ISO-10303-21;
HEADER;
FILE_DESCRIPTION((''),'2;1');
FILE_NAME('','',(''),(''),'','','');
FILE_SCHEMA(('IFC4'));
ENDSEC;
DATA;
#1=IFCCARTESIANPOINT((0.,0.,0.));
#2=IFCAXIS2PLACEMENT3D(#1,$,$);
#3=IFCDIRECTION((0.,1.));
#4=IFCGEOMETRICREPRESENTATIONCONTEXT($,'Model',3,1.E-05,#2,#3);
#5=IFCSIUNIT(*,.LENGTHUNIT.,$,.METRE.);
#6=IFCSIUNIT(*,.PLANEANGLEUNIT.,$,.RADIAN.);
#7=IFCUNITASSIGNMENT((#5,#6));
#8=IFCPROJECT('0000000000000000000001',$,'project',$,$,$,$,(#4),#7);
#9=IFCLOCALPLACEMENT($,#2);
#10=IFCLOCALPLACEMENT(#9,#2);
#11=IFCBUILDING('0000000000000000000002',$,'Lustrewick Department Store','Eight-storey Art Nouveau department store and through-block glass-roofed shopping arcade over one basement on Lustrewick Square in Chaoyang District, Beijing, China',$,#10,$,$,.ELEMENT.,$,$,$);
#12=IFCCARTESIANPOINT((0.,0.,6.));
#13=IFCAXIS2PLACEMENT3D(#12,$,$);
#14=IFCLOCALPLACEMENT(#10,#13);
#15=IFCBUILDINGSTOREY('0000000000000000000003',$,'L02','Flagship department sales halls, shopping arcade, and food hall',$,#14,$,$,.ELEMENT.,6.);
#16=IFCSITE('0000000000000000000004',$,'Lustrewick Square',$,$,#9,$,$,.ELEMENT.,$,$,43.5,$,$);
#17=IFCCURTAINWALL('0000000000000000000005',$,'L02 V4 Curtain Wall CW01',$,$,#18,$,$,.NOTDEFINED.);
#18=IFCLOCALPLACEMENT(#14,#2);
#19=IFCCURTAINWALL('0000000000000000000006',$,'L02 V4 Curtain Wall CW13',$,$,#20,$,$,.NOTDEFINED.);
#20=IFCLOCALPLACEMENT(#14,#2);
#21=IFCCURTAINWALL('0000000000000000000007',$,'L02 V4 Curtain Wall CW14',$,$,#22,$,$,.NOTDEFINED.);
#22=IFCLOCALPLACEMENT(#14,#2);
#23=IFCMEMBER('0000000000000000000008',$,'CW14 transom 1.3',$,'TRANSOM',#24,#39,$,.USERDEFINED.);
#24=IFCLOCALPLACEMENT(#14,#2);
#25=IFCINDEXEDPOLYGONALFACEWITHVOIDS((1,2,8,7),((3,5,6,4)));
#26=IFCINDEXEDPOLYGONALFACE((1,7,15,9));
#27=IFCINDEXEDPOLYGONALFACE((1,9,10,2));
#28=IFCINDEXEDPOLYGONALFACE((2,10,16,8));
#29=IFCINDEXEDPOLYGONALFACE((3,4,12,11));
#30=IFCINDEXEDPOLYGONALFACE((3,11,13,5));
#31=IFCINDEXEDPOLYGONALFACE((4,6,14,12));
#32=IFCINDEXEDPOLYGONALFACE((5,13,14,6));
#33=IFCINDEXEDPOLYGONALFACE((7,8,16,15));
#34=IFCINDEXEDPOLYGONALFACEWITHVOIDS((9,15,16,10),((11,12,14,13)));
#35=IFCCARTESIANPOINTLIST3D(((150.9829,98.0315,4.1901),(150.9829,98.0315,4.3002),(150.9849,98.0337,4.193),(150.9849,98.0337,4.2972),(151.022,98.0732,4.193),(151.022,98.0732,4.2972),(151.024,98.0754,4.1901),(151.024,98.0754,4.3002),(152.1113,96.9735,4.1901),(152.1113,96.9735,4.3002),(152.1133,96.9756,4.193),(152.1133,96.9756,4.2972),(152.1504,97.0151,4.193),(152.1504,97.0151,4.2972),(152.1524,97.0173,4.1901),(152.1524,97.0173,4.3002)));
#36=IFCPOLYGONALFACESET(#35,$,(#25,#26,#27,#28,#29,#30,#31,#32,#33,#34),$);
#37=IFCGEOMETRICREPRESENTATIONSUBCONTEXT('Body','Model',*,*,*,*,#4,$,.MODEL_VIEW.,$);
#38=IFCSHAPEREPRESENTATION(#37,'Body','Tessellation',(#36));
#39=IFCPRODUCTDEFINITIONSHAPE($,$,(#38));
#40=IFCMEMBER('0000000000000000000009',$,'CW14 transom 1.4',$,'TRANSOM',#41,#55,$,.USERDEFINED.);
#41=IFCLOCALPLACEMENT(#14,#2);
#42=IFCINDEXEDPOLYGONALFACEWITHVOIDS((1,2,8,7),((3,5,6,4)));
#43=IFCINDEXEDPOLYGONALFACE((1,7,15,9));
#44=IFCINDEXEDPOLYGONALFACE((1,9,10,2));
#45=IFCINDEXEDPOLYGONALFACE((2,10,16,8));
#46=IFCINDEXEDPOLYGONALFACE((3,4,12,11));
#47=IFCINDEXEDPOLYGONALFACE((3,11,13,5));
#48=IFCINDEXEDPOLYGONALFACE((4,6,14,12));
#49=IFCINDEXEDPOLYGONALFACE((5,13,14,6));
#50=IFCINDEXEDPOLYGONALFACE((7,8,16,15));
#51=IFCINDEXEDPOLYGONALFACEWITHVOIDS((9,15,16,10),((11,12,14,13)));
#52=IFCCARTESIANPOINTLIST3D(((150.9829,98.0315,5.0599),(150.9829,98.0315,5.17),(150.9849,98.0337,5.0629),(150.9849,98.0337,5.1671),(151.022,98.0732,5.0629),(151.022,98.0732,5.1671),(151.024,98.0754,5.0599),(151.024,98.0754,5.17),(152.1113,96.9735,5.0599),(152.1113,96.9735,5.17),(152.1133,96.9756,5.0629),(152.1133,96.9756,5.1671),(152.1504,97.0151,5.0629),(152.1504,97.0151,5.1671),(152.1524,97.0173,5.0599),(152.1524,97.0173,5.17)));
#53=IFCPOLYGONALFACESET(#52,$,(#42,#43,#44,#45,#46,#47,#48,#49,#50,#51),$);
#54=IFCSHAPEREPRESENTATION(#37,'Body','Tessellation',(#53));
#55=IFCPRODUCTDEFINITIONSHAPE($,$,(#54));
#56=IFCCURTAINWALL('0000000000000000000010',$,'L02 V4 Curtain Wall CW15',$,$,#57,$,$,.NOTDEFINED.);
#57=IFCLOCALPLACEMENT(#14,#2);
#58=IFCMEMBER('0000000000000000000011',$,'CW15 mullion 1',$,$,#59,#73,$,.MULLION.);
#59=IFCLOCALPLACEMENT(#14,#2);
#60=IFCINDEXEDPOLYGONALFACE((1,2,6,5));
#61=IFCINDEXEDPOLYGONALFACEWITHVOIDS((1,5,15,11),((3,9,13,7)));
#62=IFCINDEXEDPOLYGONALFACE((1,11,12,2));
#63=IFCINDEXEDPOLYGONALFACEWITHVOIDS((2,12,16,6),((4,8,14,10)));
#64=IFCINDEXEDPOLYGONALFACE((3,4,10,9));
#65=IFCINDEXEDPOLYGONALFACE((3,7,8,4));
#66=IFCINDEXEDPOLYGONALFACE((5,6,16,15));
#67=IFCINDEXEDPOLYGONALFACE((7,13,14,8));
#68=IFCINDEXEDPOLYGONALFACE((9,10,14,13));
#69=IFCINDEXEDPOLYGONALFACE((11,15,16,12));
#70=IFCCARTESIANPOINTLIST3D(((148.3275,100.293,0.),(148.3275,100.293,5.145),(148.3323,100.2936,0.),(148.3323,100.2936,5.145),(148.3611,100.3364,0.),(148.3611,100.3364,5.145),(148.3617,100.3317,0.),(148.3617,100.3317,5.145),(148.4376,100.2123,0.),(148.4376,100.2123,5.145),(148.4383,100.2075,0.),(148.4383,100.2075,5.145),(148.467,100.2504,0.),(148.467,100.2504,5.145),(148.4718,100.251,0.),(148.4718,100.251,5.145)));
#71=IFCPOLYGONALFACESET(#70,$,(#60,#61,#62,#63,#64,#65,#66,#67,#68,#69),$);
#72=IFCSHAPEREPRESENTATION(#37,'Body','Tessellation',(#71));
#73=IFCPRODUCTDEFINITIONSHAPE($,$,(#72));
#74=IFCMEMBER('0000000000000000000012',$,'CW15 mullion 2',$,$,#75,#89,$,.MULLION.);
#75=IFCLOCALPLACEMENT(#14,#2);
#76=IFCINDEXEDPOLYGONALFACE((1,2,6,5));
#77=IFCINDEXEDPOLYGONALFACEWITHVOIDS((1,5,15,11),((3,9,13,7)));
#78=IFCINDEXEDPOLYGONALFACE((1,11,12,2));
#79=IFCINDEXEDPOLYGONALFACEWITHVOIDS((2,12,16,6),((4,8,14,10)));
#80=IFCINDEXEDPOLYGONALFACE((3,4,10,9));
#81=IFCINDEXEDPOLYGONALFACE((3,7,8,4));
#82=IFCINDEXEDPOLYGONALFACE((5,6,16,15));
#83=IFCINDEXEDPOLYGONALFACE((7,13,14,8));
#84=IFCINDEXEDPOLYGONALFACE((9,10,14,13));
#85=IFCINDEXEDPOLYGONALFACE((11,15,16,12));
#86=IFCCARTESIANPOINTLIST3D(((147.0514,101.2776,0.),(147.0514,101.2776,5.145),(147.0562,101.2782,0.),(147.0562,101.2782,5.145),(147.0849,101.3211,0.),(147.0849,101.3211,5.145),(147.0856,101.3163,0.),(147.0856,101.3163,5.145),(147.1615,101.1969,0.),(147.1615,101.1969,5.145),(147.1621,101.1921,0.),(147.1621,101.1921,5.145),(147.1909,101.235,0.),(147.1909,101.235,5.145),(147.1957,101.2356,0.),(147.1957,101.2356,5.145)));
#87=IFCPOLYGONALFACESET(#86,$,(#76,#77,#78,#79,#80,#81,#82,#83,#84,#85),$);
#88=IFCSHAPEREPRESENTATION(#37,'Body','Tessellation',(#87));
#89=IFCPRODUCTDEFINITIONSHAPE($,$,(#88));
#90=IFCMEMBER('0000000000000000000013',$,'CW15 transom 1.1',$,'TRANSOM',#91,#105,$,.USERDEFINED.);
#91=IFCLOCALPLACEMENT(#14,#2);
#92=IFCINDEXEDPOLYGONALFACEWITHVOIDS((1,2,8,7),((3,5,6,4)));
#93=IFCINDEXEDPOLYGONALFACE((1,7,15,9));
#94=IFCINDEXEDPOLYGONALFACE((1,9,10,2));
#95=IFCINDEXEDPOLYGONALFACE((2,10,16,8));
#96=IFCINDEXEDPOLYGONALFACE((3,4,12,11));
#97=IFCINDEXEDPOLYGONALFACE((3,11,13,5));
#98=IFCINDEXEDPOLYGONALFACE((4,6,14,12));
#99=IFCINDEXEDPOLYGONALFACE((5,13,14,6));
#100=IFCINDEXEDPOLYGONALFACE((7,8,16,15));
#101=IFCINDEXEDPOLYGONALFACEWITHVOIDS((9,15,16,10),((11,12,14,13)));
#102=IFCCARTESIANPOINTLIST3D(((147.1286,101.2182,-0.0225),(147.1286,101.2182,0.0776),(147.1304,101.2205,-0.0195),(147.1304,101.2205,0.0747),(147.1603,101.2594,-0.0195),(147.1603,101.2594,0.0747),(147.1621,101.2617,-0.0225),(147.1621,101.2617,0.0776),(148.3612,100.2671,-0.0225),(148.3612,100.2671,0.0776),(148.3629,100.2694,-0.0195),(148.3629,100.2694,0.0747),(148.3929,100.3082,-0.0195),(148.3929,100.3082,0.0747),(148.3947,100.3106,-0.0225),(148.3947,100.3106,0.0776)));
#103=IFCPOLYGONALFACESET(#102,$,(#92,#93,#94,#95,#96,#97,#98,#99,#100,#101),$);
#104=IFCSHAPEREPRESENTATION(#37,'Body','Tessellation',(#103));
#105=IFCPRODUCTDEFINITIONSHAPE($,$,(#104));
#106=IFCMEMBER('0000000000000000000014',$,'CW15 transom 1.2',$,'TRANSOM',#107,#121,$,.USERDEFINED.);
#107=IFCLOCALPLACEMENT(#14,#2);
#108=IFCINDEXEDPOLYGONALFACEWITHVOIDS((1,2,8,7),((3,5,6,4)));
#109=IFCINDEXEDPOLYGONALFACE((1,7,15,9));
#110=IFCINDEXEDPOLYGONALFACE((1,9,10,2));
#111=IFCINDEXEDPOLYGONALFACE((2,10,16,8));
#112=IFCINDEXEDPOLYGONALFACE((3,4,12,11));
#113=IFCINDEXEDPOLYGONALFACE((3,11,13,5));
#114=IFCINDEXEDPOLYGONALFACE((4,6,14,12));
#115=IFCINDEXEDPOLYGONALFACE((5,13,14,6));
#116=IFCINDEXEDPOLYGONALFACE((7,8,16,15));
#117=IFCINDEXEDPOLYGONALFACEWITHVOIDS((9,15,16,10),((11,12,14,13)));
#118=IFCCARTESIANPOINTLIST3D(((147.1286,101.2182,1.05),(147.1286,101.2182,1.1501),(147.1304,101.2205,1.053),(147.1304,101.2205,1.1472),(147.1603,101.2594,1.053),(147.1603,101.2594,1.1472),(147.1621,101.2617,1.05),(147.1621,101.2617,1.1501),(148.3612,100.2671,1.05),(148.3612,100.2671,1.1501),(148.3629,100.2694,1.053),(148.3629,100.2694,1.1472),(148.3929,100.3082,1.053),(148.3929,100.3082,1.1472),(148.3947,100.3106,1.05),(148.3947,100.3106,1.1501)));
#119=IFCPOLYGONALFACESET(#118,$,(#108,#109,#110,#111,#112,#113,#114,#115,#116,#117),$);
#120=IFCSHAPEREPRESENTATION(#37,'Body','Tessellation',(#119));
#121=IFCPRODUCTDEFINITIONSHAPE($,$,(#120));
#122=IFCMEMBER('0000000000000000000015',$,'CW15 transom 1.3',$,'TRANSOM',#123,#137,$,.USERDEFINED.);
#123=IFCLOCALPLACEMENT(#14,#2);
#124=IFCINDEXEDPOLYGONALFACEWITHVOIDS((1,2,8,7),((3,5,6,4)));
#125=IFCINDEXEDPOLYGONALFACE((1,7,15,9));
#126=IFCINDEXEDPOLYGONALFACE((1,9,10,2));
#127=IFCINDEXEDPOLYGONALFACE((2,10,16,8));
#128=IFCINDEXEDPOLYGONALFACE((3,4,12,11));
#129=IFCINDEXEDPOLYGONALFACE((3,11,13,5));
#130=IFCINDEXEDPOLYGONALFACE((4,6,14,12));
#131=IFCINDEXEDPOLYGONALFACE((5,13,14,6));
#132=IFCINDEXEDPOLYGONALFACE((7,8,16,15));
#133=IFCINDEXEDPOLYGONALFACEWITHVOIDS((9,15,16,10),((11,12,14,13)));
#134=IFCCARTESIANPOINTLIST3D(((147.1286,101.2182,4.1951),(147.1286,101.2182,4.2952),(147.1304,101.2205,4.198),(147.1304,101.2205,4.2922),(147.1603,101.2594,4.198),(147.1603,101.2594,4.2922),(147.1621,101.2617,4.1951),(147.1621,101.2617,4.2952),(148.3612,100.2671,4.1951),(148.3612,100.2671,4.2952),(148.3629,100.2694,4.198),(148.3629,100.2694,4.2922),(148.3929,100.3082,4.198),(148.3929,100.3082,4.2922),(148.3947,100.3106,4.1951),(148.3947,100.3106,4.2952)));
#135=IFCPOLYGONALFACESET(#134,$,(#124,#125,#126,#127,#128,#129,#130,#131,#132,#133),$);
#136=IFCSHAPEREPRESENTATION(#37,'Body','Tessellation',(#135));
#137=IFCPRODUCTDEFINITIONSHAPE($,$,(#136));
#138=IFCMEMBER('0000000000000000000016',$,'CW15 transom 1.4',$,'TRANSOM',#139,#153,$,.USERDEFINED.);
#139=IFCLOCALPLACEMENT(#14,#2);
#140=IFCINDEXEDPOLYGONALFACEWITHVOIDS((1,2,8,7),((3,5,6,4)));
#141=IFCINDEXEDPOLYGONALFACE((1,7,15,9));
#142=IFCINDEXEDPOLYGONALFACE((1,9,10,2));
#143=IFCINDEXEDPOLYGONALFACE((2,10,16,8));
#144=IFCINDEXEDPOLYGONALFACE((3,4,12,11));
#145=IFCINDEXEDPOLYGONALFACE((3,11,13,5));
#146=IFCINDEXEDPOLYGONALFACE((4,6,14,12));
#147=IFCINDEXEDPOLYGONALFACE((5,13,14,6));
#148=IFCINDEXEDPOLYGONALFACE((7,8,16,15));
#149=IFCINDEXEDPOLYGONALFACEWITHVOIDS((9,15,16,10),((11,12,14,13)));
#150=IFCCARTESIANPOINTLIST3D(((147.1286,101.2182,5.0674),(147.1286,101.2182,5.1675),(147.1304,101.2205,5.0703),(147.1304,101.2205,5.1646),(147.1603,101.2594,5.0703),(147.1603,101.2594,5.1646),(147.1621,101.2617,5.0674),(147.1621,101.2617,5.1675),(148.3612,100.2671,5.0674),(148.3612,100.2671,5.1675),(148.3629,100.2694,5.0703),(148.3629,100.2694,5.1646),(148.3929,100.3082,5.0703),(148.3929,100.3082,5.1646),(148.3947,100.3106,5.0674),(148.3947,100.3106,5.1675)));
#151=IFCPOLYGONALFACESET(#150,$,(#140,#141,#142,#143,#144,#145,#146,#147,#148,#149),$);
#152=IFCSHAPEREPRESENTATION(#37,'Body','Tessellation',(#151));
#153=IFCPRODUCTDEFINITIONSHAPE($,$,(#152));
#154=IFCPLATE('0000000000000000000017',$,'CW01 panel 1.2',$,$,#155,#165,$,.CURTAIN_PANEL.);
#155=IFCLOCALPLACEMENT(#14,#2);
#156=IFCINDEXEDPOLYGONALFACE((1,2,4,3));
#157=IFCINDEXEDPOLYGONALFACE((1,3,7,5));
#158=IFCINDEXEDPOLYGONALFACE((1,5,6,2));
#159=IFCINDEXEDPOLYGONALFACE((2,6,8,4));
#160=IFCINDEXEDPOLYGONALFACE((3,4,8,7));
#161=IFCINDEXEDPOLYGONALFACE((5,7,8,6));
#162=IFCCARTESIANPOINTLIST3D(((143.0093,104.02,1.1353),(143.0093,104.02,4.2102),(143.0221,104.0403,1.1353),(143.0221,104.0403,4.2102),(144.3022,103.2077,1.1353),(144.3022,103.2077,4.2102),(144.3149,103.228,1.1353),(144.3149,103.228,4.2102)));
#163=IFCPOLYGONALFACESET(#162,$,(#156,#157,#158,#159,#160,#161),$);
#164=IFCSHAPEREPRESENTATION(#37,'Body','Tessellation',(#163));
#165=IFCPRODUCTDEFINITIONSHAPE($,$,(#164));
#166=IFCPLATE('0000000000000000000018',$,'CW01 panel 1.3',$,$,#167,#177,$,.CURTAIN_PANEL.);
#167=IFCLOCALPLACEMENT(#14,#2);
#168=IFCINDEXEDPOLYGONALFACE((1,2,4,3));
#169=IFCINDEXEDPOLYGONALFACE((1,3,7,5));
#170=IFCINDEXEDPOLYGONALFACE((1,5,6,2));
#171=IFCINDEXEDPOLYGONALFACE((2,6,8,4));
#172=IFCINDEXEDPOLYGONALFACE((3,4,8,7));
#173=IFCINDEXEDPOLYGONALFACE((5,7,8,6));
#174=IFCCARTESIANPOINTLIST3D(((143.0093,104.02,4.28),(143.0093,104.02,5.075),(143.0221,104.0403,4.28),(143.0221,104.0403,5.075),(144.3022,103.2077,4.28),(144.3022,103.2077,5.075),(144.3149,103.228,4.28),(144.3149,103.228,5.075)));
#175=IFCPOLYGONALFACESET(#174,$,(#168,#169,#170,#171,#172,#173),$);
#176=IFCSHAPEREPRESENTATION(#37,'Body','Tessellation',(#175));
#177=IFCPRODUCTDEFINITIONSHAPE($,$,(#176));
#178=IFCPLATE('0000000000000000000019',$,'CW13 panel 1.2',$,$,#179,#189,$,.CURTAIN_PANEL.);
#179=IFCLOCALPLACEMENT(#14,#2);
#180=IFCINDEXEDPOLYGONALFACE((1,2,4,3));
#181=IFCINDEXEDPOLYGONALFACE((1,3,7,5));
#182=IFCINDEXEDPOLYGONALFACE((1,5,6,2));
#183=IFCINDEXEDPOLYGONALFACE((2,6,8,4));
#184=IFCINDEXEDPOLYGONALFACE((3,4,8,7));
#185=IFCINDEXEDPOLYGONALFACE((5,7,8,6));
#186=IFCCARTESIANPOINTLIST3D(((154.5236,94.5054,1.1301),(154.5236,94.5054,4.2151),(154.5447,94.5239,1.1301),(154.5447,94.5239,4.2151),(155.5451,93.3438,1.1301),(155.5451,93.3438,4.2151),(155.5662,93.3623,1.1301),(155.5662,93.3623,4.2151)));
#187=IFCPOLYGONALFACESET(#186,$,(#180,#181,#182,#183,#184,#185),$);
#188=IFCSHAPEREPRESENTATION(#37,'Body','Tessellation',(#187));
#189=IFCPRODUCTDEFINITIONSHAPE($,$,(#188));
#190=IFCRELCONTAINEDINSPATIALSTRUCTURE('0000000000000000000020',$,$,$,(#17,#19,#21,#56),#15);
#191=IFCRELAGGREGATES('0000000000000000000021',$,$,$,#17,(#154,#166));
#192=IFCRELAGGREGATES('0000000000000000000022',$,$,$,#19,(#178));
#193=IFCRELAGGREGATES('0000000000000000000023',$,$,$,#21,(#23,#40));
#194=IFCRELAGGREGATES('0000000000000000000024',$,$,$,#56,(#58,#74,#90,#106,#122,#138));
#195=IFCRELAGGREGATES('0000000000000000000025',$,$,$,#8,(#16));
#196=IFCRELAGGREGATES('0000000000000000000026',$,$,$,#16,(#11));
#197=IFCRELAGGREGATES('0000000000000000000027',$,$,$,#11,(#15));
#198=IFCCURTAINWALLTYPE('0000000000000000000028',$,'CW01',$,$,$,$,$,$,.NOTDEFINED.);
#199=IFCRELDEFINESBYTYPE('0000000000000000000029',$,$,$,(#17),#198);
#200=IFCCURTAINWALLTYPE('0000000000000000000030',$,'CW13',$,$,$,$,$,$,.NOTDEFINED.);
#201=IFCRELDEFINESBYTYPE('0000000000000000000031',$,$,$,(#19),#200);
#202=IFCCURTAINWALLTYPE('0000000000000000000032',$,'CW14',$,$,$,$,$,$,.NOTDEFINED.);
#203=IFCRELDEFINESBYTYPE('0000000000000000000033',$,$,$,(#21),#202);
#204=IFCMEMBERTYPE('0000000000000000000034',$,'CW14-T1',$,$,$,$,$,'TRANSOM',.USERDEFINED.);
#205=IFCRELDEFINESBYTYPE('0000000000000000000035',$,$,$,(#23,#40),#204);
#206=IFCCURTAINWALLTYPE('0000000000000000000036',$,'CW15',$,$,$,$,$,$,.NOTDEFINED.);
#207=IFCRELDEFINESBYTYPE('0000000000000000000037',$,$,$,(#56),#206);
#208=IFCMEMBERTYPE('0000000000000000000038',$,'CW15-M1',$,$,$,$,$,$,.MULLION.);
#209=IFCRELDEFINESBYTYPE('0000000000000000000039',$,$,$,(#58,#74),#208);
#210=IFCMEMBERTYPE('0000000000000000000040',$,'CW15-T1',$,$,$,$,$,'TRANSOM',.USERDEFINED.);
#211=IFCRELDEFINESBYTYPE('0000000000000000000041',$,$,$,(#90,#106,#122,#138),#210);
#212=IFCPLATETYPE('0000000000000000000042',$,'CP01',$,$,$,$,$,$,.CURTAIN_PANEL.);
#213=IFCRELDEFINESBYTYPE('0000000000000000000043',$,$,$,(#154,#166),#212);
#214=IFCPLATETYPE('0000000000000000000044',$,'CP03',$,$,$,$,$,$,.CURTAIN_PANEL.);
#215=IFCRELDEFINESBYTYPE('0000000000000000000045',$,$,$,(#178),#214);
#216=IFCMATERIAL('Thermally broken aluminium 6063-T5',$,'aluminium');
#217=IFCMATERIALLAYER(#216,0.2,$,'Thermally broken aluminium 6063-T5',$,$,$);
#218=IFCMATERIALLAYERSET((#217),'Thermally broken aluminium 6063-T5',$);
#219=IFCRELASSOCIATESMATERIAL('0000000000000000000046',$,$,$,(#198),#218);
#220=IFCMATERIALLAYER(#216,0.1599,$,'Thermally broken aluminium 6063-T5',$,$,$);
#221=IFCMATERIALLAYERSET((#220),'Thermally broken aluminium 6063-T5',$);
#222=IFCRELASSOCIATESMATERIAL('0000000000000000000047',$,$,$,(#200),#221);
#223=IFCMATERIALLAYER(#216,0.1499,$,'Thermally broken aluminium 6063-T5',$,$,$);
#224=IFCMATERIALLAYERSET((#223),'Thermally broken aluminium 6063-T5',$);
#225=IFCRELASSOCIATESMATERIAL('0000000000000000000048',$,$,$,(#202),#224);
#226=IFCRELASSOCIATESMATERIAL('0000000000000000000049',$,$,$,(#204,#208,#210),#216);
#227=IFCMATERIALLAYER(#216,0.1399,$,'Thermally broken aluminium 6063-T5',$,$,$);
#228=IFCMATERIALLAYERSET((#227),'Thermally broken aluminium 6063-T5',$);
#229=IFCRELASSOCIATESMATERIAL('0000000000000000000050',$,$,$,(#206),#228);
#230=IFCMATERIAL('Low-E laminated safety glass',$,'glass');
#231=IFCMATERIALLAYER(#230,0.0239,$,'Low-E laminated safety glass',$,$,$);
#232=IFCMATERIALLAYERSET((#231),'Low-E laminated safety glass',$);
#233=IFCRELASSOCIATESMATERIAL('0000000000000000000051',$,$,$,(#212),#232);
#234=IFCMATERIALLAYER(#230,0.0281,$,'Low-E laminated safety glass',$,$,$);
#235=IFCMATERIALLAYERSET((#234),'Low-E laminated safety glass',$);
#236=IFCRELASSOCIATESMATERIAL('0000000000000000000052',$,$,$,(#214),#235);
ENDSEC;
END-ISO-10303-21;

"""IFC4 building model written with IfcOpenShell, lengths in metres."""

from ifc_helpers import new_model, si_unit, direction, frame, origin, origin_2d, place, context, subcontext, project, spatial, rectangle, hollow_rectangle, extrude, material, layer, layer_set, material_profile, profile_set, type_object, element, aggregate, save


model = new_model("IFC4")

# Units and contexts
model_context = context("Model", 3, precision=1e-05, world=origin(), true_north=direction((0.0, 1.0)))
body_context = subcontext(model_context, "Body", "Model", "MODEL_VIEW")
ifc_project = project(units=[si_unit("LENGTHUNIT", "METRE"), si_unit("PLANEANGLEUNIT", "RADIAN")], contexts=[model_context])

# Site, building, storey
site_placement = place(None, origin())
site = spatial("IfcSite", under=ifc_project, at=site_placement, Name="Lustrewick Square", CompositionType="ELEMENT", RefElevation=43.5)
building_placement = place(site_placement, origin())
building = spatial("IfcBuilding", under=site, at=building_placement, Name="Lustrewick Department Store", Description="Eight-storey Art Nouveau department store and through-block glass-roofed shopping arcade over one basement on Lustrewick Square in Chaoyang District, Beijing, China", CompositionType="ELEMENT")
storey_placement = place(building_placement, frame((0.0, 0.0, 6.0)))
storey = spatial("IfcBuildingStorey", under=building, at=storey_placement, Name="L02", Description="Flagship department sales halls, shopping arcade, and food hall", CompositionType="ELEMENT", Elevation=6.0)

# Curtain wall
ifc_material_1 = material(Name="Thermally broken aluminium 6063-T5", Category="aluminium")
ifc_layer_1 = layer(ifc_material_1, 0.2, Name="Thermally broken aluminium 6063-T5")
ifc_layer_set_1 = layer_set([ifc_layer_1], Name="Thermally broken aluminium 6063-T5")
curtain_wall_type_1 = type_object("IfcCurtainWallType", Name="CW01", PredefinedType="NOTDEFINED", material=ifc_layer_set_1)
curtain_wall_1_placement = place(storey_placement, origin())
curtain_wall_1 = element("IfcCurtainWall", 1, at=curtain_wall_1_placement, inside=storey, type_object=curtain_wall_type_1, Name="L02 V4 Curtain Wall CW01", PredefinedType="NOTDEFINED")

# Curtain wall
ifc_layer_2 = layer(ifc_material_1, 0.1599, Name="Thermally broken aluminium 6063-T5")
ifc_layer_set_2 = layer_set([ifc_layer_2], Name="Thermally broken aluminium 6063-T5")
curtain_wall_type_2 = type_object("IfcCurtainWallType", Name="CW13", PredefinedType="NOTDEFINED", material=ifc_layer_set_2)
curtain_wall_2_placement = place(storey_placement, origin())
curtain_wall_2 = element("IfcCurtainWall", 2, at=curtain_wall_2_placement, inside=storey, type_object=curtain_wall_type_2, Name="L02 V4 Curtain Wall CW13", PredefinedType="NOTDEFINED")

# Curtain walls, members
ifc_layer_3 = layer(ifc_material_1, 0.1499, Name="Thermally broken aluminium 6063-T5")
ifc_layer_set_3 = layer_set([ifc_layer_3], Name="Thermally broken aluminium 6063-T5")
curtain_wall_type_3 = type_object("IfcCurtainWallType", Name="CW14", PredefinedType="NOTDEFINED", material=ifc_layer_set_3)
curtain_wall_3_placement = place(storey_placement, origin())
curtain_wall_3 = element("IfcCurtainWall", 3, at=curtain_wall_3_placement, inside=storey, type_object=curtain_wall_type_3, Name="L02 V4 Curtain Wall CW14", PredefinedType="NOTDEFINED")
ifc_material_profile_1 = material_profile(ifc_material_1, hollow_rectangle(XDim=0.0601, YDim=0.1101, WallThickness=0.0029, at=origin_2d()), Name="ALU-T 60x110x3")
ifc_profile_set_1 = profile_set([ifc_material_profile_1], Name="Thermally broken aluminium 6063-T5")
member_type_1 = type_object("IfcMemberType", Name="CW14-T1", ElementType="TRANSOM", PredefinedType="USERDEFINED", material=ifc_profile_set_1)
member_1_placement = place(storey_placement, frame((152.1318, 96.9954, 4.2451), z_axis=(-0.729468, 0.684015, 0.0), x_axis=(-0.684015, -0.729468, 0.0)))
member_1 = element("IfcMember", 4, at=member_1_placement, type_object=member_type_1, Name="CW14 transom 1.3", ObjectType="TRANSOM", PredefinedType="USERDEFINED", context=body_context, shape_type="SweptSolid", body=[
    extrude(hollow_rectangle(XDim=0.0601, YDim=0.1101, WallThickness=0.0029, at=origin_2d()), origin(), (0.0, 0.0, 1.0), 1.5469),
])
member_2_placement = place(storey_placement, frame((152.1318, 96.9954, 5.115), z_axis=(-0.729468, 0.684015, 0.0), x_axis=(-0.684015, -0.729468, 0.0)))
member_2 = element("IfcMember", 5, at=member_2_placement, type_object=member_type_1, Name="CW14 transom 1.4", ObjectType="TRANSOM", PredefinedType="USERDEFINED", context=body_context, shape_type="SweptSolid", body=[
    extrude(hollow_rectangle(XDim=0.0601, YDim=0.1101, WallThickness=0.0029, at=origin_2d()), origin(), (0.0, 0.0, 1.0), 1.5469),
])
ifc_layer_4 = layer(ifc_material_1, 0.1399, Name="Thermally broken aluminium 6063-T5")
ifc_layer_set_4 = layer_set([ifc_layer_4], Name="Thermally broken aluminium 6063-T5")
curtain_wall_type_4 = type_object("IfcCurtainWallType", Name="CW15", PredefinedType="NOTDEFINED", material=ifc_layer_set_4)
curtain_wall_4_placement = place(storey_placement, origin())
curtain_wall_4 = element("IfcCurtainWall", 6, at=curtain_wall_4_placement, inside=storey, type_object=curtain_wall_type_4, Name="L02 V4 Curtain Wall CW15", PredefinedType="NOTDEFINED")
ifc_material_profile_2 = material_profile(ifc_material_1, hollow_rectangle(XDim=0.0549, YDim=0.1399, WallThickness=0.0034, at=origin_2d()), Name="ALU-M 55x140x3.5")
ifc_profile_set_2 = profile_set([ifc_material_profile_2], Name="Thermally broken aluminium 6063-T5")
member_type_2 = type_object("IfcMemberType", Name="CW15-M1", PredefinedType="MULLION", material=ifc_profile_set_2)
member_3_placement = place(storey_placement, frame((148.3997, 100.272, 0.0), z_axis=(0.0, 0.0, 1.0), x_axis=(-0.610867, -0.791733, 0.0)))
member_3 = element("IfcMember", 7, at=member_3_placement, type_object=member_type_2, Name="CW15 mullion 1", PredefinedType="MULLION", context=body_context, shape_type="SweptSolid", body=[
    extrude(hollow_rectangle(XDim=0.0549, YDim=0.1399, WallThickness=0.0034, at=origin_2d()), origin(), (0.0, 0.0, 1.0), 5.145),
])
member_4_placement = place(storey_placement, frame((147.1235, 101.2566, 0.0), z_axis=(0.0, 0.0, 1.0), x_axis=(-0.610867, -0.791733, 0.0)))
member_4 = element("IfcMember", 8, at=member_4_placement, type_object=member_type_2, Name="CW15 mullion 2", PredefinedType="MULLION", context=body_context, shape_type="SweptSolid", body=[
    extrude(hollow_rectangle(XDim=0.0549, YDim=0.1399, WallThickness=0.0034, at=origin_2d()), origin(), (0.0, 0.0, 1.0), 5.145),
])
ifc_material_profile_3 = material_profile(ifc_material_1, hollow_rectangle(XDim=0.0549, YDim=0.1001, WallThickness=0.0029, at=origin_2d()), Name="ALU-T 55x100x3")
ifc_profile_set_3 = profile_set([ifc_material_profile_3], Name="Thermally broken aluminium 6063-T5")
member_type_3 = type_object("IfcMemberType", Name="CW15-T1", ElementType="TRANSOM", PredefinedType="USERDEFINED", material=ifc_profile_set_3)
member_5_placement = place(storey_placement, frame((148.3779, 100.2888, 0.0276), z_axis=(-0.791702, 0.610907, 0.0), x_axis=(-0.610907, -0.791702, 0.0)))
member_5 = element("IfcMember", 9, at=member_5_placement, type_object=member_type_3, Name="CW15 transom 1.1", ObjectType="TRANSOM", PredefinedType="USERDEFINED", context=body_context, shape_type="SweptSolid", body=[
    extrude(hollow_rectangle(XDim=0.0549, YDim=0.1001, WallThickness=0.0029, at=origin_2d()), origin(), (0.0, 0.0, 1.0), 1.5569),
])
member_6_placement = place(storey_placement, frame((148.3779, 100.2888, 1.1001), z_axis=(-0.791702, 0.610907, 0.0), x_axis=(-0.610907, -0.791702, 0.0)))
member_6 = element("IfcMember", 10, at=member_6_placement, type_object=member_type_3, Name="CW15 transom 1.2", ObjectType="TRANSOM", PredefinedType="USERDEFINED", context=body_context, shape_type="SweptSolid", body=[
    extrude(hollow_rectangle(XDim=0.0549, YDim=0.1001, WallThickness=0.0029, at=origin_2d()), origin(), (0.0, 0.0, 1.0), 1.5569),
])
member_7_placement = place(storey_placement, frame((148.3779, 100.2888, 4.2451), z_axis=(-0.791702, 0.610907, 0.0), x_axis=(-0.610907, -0.791702, 0.0)))
member_7 = element("IfcMember", 11, at=member_7_placement, type_object=member_type_3, Name="CW15 transom 1.3", ObjectType="TRANSOM", PredefinedType="USERDEFINED", context=body_context, shape_type="SweptSolid", body=[
    extrude(hollow_rectangle(XDim=0.0549, YDim=0.1001, WallThickness=0.0029, at=origin_2d()), origin(), (0.0, 0.0, 1.0), 1.5569),
])
member_8_placement = place(storey_placement, frame((148.3779, 100.2888, 5.1174), z_axis=(-0.791702, 0.610907, 0.0), x_axis=(-0.610907, -0.791702, 0.0)))
member_8 = element("IfcMember", 12, at=member_8_placement, type_object=member_type_3, Name="CW15 transom 1.4", ObjectType="TRANSOM", PredefinedType="USERDEFINED", context=body_context, shape_type="SweptSolid", body=[
    extrude(hollow_rectangle(XDim=0.0549, YDim=0.1001, WallThickness=0.0029, at=origin_2d()), origin(), (0.0, 0.0, 1.0), 1.5569),
])

# Plates
ifc_material_2 = material(Name="Low-E laminated safety glass", Category="glass")
ifc_layer_5 = layer(ifc_material_2, 0.0239, Name="Low-E laminated safety glass")
ifc_layer_set_5 = layer_set([ifc_layer_5], Name="Low-E laminated safety glass")
plate_type_1 = type_object("IfcPlateType", Name="CP01", PredefinedType="CURTAIN_PANEL", material=ifc_layer_set_5)
plate_1_placement = place(storey_placement, frame((143.6621, 103.624, 1.1353), z_axis=(0.0, 0.0, 1.0), x_axis=(-0.846735, 0.532014, 0.0)))
plate_1 = element("IfcPlate", 13, at=plate_1_placement, type_object=plate_type_1, Name="CW01 panel 1.2", PredefinedType="CURTAIN_PANEL", context=body_context, shape_type="SweptSolid", body=[
    extrude(rectangle(XDim=1.5269, YDim=0.0239, at=origin_2d()), origin(), (0.0, 0.0, 1.0), 3.075),
])
plate_2_placement = place(storey_placement, frame((143.6621, 103.624, 4.28), z_axis=(0.0, 0.0, 1.0), x_axis=(-0.846735, 0.532014, 0.0)))
plate_2 = element("IfcPlate", 14, at=plate_2_placement, type_object=plate_type_1, Name="CW01 panel 1.3", PredefinedType="CURTAIN_PANEL", context=body_context, shape_type="SweptSolid", body=[
    extrude(rectangle(XDim=1.5269, YDim=0.0239, at=origin_2d()), origin(), (0.0, 0.0, 1.0), 0.7949),
])
aggregate(curtain_wall_1, [plate_1, plate_2])
ifc_layer_6 = layer(ifc_material_2, 0.0281, Name="Low-E laminated safety glass")
ifc_layer_set_6 = layer_set([ifc_layer_6], Name="Low-E laminated safety glass")
plate_type_2 = type_object("IfcPlateType", Name="CP03", PredefinedType="CURTAIN_PANEL", material=ifc_layer_set_6)
plate_3_placement = place(storey_placement, frame((155.0449, 93.9338, 1.1301), z_axis=(0.0, 0.0, 1.0), x_axis=(-0.660359, 0.75095, 0.0)))
plate_3 = element("IfcPlate", 15, at=plate_3_placement, type_object=plate_type_2, Name="CW13 panel 1.2", PredefinedType="CURTAIN_PANEL", context=body_context, shape_type="SweptSolid", body=[
    extrude(rectangle(XDim=1.5469, YDim=0.0281, at=origin_2d()), origin(), (0.0, 0.0, 1.0), 3.085),
])
aggregate(curtain_wall_2, [plate_3])
aggregate(curtain_wall_3, [member_1, member_2])
aggregate(curtain_wall_4, [member_3, member_4, member_5, member_6, member_7, member_8])

save(model, "model.ifc")
